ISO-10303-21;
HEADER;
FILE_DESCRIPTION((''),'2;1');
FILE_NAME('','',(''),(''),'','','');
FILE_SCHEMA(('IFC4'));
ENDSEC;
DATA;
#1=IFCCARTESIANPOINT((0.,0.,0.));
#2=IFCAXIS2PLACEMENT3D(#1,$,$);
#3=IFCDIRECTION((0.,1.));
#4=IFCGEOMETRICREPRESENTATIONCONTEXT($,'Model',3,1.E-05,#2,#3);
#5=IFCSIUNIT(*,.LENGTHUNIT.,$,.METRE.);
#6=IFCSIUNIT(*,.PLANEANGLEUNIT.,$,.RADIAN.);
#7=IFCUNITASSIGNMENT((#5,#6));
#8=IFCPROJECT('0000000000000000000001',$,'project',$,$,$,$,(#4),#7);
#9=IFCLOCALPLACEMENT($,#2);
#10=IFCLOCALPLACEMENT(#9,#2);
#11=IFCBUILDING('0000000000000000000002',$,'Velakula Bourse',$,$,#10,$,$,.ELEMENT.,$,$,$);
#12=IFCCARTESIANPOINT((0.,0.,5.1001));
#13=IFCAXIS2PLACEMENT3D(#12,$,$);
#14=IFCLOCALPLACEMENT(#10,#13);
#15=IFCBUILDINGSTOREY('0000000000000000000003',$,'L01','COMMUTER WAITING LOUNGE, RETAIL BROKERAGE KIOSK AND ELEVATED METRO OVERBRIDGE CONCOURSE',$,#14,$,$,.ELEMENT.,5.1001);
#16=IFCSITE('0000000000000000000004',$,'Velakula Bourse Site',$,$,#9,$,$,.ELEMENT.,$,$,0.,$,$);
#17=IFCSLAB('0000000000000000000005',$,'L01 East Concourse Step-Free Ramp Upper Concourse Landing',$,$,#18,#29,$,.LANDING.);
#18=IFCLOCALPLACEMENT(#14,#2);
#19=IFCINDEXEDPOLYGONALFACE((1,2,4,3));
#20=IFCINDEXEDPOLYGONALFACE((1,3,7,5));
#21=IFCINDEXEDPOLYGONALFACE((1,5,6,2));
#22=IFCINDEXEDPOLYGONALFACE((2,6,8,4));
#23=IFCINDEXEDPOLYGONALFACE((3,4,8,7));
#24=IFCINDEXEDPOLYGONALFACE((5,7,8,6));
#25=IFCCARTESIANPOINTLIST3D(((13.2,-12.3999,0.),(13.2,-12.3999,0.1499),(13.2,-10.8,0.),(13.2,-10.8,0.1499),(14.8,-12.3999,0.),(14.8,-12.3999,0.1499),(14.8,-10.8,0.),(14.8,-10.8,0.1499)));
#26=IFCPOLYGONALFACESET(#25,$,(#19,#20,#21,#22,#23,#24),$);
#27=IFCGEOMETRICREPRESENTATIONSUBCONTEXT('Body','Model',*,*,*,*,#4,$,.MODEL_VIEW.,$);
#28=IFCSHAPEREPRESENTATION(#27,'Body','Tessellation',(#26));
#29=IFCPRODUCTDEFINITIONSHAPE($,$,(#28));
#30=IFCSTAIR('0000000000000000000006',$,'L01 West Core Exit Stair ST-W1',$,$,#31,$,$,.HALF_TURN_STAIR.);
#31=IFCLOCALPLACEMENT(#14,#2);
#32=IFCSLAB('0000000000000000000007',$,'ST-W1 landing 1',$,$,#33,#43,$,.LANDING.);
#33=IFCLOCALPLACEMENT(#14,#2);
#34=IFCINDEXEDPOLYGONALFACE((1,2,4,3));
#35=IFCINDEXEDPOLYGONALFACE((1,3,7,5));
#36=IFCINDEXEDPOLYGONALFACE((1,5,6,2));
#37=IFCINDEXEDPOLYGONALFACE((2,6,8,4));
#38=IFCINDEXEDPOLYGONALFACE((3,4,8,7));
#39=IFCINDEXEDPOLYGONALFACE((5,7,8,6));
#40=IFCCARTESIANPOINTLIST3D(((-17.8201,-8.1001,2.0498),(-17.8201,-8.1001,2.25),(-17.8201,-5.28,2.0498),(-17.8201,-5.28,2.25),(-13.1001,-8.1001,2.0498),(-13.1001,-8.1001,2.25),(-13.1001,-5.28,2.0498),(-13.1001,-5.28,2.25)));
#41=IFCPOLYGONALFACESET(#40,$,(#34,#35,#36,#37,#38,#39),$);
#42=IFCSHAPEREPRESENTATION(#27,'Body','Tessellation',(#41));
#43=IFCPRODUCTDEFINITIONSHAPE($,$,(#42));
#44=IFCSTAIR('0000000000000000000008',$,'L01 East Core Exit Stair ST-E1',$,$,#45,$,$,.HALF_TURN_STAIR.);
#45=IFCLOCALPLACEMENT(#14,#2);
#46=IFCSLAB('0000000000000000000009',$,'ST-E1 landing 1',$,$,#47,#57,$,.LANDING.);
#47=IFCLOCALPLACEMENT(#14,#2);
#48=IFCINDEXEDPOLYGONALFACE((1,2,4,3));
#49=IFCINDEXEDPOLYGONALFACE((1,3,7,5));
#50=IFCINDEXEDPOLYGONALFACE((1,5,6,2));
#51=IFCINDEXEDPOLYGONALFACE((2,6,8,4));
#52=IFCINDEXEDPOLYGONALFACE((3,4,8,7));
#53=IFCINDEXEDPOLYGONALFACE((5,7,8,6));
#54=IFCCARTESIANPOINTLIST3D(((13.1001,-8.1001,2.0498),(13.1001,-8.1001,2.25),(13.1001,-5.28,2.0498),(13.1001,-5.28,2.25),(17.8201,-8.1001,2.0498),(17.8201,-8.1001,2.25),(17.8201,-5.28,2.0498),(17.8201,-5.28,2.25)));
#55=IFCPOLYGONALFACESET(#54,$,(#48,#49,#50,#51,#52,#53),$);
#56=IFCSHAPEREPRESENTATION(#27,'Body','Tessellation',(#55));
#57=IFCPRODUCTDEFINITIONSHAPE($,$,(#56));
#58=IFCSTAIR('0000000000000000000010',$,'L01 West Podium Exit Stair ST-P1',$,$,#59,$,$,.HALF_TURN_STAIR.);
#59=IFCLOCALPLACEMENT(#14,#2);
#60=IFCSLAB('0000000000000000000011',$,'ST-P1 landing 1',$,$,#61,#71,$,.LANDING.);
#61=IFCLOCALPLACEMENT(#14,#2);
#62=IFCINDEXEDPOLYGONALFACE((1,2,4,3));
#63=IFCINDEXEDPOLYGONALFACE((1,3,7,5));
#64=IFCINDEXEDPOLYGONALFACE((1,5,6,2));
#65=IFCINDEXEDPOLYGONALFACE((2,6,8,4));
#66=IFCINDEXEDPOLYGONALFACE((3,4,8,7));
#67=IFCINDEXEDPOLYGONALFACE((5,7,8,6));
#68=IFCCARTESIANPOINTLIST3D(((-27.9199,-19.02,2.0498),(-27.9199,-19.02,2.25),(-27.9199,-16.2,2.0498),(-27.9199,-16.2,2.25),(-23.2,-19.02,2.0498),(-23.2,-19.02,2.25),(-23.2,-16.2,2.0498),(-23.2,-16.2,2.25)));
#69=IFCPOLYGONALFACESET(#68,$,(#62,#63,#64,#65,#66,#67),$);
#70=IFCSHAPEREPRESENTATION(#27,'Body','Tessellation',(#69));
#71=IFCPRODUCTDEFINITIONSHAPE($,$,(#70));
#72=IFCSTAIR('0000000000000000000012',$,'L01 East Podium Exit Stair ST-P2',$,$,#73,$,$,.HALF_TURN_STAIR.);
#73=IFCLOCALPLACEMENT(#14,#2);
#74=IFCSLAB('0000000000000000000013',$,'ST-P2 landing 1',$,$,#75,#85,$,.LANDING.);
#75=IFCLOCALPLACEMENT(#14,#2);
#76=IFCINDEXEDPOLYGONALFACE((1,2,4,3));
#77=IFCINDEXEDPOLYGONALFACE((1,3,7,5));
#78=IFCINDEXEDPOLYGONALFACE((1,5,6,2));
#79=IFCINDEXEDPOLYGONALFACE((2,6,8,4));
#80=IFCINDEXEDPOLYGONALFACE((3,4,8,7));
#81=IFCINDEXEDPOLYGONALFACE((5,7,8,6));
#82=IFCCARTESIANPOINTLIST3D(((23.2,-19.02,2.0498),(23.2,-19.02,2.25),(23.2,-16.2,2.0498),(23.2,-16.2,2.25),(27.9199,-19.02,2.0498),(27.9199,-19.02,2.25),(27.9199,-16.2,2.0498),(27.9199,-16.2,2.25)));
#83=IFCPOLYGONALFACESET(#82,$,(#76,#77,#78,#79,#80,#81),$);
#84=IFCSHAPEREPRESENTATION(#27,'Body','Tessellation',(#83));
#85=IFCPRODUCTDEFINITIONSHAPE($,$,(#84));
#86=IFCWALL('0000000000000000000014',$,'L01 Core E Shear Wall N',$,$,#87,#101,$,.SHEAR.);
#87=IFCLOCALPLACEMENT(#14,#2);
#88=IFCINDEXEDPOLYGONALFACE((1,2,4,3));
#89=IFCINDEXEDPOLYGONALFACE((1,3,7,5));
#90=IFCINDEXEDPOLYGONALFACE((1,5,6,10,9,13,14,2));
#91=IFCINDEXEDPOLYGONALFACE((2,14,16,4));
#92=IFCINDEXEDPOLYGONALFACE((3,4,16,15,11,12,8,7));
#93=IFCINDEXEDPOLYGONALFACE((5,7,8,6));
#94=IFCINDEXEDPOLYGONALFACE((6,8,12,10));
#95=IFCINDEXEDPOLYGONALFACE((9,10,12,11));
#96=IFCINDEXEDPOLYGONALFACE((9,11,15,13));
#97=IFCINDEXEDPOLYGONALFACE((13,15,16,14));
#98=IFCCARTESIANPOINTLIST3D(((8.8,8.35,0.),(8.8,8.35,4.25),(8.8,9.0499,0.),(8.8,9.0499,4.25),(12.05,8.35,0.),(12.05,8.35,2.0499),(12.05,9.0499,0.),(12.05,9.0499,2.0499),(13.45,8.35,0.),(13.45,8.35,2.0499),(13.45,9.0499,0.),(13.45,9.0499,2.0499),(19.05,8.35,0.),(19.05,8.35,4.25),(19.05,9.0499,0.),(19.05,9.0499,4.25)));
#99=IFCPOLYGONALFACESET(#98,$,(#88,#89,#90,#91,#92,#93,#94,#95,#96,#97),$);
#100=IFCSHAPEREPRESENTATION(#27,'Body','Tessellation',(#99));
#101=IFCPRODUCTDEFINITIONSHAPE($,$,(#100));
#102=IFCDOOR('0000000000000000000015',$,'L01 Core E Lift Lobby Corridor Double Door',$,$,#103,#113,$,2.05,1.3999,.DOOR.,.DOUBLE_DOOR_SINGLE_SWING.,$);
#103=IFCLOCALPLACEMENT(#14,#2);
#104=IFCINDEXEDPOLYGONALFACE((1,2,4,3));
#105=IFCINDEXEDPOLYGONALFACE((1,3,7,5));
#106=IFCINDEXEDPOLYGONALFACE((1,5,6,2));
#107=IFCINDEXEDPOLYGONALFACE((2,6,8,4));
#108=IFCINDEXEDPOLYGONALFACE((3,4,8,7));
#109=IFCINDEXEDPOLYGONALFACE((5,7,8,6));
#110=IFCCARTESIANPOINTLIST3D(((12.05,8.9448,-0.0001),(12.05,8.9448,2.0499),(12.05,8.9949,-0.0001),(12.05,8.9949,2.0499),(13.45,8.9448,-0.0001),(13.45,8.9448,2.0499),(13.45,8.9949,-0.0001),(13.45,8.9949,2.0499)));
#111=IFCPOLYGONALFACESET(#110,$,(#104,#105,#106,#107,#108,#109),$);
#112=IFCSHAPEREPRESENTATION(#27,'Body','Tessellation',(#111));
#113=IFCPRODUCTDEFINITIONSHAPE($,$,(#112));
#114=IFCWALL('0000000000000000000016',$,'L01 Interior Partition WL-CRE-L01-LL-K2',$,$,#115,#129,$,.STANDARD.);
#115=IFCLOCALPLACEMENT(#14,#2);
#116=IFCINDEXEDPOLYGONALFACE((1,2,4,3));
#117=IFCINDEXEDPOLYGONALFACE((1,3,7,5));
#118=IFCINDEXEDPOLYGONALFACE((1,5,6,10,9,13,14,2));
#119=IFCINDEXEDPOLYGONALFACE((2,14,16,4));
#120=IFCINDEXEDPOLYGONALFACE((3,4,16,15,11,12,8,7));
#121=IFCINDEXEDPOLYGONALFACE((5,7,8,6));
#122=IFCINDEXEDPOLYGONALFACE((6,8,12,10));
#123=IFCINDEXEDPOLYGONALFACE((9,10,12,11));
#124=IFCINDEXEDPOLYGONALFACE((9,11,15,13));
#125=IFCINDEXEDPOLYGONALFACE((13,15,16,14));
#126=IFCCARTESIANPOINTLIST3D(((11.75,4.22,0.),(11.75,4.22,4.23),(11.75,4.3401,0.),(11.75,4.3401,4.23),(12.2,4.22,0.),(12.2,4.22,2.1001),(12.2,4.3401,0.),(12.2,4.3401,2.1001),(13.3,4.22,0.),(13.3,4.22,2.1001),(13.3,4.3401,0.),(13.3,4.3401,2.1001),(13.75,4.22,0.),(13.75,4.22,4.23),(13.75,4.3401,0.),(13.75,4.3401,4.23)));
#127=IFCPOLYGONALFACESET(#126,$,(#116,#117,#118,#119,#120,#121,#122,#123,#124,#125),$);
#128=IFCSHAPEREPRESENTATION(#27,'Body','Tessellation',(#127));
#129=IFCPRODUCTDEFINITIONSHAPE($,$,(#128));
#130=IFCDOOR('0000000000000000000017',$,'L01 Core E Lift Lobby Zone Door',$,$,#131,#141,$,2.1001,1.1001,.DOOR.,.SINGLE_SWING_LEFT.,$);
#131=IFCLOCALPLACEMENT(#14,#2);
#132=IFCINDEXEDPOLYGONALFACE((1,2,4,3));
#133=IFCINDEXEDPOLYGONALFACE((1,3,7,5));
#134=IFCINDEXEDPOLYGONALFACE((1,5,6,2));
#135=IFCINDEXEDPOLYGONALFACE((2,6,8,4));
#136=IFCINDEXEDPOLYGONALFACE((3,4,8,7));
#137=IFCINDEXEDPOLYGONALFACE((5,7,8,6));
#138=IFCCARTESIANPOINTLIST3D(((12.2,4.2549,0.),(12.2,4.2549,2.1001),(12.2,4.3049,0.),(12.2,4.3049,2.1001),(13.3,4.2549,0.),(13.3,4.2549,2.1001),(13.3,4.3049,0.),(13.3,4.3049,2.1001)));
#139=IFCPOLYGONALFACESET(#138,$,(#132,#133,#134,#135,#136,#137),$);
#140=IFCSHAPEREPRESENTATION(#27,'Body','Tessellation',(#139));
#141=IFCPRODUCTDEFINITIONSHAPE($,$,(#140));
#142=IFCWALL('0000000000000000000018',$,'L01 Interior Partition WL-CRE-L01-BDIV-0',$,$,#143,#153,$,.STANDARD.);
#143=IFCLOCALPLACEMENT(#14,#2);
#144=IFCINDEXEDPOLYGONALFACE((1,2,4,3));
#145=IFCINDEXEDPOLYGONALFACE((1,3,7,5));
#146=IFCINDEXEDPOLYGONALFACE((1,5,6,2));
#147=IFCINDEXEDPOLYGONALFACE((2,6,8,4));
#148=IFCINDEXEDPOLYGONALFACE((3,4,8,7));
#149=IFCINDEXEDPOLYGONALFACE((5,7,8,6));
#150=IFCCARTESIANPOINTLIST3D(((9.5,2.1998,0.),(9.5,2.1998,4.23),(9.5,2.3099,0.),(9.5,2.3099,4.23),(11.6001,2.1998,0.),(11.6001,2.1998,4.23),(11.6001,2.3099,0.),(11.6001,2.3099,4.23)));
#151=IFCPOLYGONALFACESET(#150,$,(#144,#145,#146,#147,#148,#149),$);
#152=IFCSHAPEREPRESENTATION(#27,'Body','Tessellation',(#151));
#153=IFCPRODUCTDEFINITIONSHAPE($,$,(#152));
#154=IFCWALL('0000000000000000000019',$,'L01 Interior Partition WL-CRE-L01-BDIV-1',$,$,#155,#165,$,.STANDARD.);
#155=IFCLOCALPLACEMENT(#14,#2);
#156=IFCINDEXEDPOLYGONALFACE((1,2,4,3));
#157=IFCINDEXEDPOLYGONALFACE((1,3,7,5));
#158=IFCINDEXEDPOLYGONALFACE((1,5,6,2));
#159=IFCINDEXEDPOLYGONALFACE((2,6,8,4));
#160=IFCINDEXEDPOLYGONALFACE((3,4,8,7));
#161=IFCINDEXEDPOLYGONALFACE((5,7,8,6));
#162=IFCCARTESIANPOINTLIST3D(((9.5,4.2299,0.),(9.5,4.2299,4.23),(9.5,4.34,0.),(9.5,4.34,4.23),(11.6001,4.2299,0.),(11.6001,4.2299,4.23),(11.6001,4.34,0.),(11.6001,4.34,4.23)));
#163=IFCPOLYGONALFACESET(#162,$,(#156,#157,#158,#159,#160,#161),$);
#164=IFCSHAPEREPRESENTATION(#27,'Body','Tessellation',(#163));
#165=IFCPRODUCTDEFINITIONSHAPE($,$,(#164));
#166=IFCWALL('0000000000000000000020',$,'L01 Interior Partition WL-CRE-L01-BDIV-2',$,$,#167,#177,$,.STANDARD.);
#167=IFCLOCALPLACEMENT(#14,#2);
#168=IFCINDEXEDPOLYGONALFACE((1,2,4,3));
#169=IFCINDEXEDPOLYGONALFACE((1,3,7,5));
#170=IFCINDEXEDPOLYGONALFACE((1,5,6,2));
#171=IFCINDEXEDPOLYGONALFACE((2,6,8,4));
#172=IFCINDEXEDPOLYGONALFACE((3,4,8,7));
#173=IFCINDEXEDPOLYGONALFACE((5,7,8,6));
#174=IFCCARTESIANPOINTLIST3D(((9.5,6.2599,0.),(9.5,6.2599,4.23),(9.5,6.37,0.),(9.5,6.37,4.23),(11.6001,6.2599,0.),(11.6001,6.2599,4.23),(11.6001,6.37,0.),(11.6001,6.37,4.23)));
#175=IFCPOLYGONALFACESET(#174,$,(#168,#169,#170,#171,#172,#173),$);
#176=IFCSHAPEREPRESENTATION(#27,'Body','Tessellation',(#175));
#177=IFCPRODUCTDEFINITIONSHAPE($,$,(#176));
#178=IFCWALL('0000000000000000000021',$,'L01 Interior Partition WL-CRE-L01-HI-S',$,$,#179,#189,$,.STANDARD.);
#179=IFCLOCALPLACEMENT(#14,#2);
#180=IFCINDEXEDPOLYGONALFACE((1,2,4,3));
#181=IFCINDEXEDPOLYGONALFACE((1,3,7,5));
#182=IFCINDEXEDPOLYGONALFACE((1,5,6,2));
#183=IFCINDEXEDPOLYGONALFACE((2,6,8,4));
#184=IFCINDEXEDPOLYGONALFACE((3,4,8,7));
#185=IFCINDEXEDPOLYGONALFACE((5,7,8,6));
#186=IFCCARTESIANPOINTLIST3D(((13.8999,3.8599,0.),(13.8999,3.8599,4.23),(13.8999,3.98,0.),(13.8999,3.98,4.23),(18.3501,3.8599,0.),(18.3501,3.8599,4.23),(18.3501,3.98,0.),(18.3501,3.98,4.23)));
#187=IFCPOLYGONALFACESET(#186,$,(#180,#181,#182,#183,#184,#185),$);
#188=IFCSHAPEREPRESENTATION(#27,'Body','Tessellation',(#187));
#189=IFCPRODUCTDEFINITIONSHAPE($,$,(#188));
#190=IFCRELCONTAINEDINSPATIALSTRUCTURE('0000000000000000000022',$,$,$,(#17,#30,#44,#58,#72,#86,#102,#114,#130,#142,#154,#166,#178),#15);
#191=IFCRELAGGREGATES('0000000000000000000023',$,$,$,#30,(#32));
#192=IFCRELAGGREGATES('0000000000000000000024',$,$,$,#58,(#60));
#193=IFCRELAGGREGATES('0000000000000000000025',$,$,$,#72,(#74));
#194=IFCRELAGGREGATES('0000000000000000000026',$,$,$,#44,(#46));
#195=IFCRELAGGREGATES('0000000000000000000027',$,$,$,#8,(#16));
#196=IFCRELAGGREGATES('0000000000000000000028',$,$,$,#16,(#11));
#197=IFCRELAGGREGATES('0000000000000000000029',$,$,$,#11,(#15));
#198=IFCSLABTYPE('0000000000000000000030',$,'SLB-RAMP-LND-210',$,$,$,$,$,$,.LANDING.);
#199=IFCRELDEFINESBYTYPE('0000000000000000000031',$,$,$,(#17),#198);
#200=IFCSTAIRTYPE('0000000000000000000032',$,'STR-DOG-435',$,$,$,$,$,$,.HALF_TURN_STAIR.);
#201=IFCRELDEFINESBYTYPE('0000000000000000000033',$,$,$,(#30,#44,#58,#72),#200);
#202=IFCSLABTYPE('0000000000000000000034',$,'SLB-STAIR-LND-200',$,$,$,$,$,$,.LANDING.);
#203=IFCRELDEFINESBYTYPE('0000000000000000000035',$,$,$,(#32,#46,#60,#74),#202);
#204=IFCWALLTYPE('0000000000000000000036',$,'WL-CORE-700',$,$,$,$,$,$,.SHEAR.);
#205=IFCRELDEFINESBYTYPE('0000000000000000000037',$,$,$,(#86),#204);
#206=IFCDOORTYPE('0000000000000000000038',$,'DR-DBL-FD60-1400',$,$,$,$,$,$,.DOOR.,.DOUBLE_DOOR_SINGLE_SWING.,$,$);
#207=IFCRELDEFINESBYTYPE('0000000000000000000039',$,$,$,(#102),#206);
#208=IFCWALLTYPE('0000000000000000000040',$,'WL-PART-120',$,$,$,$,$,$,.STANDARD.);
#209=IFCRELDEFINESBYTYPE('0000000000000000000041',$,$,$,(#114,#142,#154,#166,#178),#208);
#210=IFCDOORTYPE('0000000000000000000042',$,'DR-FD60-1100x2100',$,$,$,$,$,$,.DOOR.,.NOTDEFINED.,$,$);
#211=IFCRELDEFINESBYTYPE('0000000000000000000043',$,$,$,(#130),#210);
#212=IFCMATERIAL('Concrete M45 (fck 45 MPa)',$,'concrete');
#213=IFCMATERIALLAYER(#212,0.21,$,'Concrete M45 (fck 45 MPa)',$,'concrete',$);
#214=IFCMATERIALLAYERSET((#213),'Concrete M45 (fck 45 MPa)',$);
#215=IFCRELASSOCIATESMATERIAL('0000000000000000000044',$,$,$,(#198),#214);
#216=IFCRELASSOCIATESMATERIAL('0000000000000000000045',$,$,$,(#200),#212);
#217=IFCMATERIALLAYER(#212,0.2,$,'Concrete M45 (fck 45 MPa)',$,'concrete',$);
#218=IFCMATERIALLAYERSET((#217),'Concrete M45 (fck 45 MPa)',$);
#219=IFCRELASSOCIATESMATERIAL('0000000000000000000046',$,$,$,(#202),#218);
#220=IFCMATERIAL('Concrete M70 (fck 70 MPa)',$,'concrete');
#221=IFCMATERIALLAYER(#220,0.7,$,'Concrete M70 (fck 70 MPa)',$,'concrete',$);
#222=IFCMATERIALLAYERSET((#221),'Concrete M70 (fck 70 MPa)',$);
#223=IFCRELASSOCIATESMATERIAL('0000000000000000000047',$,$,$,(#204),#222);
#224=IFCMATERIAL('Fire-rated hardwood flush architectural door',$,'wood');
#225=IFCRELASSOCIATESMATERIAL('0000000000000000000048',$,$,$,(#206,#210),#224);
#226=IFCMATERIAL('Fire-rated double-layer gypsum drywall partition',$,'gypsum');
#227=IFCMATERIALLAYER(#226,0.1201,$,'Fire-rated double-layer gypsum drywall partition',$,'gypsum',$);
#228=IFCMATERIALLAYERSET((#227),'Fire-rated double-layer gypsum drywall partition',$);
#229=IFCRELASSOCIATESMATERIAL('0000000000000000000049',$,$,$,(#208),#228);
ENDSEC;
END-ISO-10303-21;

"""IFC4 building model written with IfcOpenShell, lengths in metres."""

from ifc_helpers import new_model, si_unit, direction, frame, frame_2d, origin, place, context, subcontext, project, spatial, polyline, rectangle, outline, extrude, material, layer, layer_set, type_object, element, fill, aggregate, save


model = new_model("IFC4")

# Units and contexts
model_context = context("Model", 3, precision=1e-05, world=origin(), true_north=direction((0.0, 1.0)))
body_context = subcontext(model_context, "Body", "Model", "MODEL_VIEW")
ifc_project = project(units=[si_unit("LENGTHUNIT", "METRE"), si_unit("PLANEANGLEUNIT", "RADIAN")], contexts=[model_context])

# Site, building, storey
site_placement = place(None, origin())
site = spatial("IfcSite", under=ifc_project, at=site_placement, Name="Velakula Bourse Site", CompositionType="ELEMENT", RefElevation=0.0)
building_placement = place(site_placement, origin())
building = spatial("IfcBuilding", under=site, at=building_placement, Name="Velakula Bourse", CompositionType="ELEMENT")
storey_placement = place(building_placement, frame((0.0, 0.0, 5.1001)))
storey = spatial("IfcBuildingStorey", under=building, at=storey_placement, Name="L01", Description="COMMUTER WAITING LOUNGE, RETAIL BROKERAGE KIOSK AND ELEVATED METRO OVERBRIDGE CONCOURSE", CompositionType="ELEMENT", Elevation=5.1001)

# Shared definitions
ifc_material_1 = material(Name="Concrete M70 (fck 70 MPa)", Category="concrete")

# Slab
ifc_material_2 = material(Name="Concrete M45 (fck 45 MPa)", Category="concrete")
ifc_layer_1 = layer(ifc_material_2, 0.21, Name="Concrete M45 (fck 45 MPa)", Category="concrete")
ifc_layer_set_1 = layer_set([ifc_layer_1], Name="Concrete M45 (fck 45 MPa)")
slab_type_1 = type_object("IfcSlabType", Name="SLB-RAMP-LND-210", PredefinedType="LANDING", material=ifc_layer_set_1)
slab_1_placement = place(storey_placement, origin())
element("IfcSlab", 1, at=slab_1_placement, inside=storey, type_object=slab_type_1, Name="L01 East Concourse Step-Free Ramp Upper Concourse Landing", PredefinedType="LANDING", context=body_context, shape_type="SweptSolid", body=[
    extrude(outline(polyline([(13.2, -12.3999), (14.8, -12.3999), (14.8, -10.8), (13.2, -10.8), (13.2, -12.3999)])), origin(), (0.0, 0.0, 1.0), 0.1499),
])

# Stairs, slabs
stair_type = type_object("IfcStairType", Name="STR-DOG-435", PredefinedType="HALF_TURN_STAIR", material=ifc_material_2)
stair_1_placement = place(storey_placement, origin())
stair_1 = element("IfcStair", 2, at=stair_1_placement, inside=storey, type_object=stair_type, Name="L01 West Core Exit Stair ST-W1", PredefinedType="HALF_TURN_STAIR")
ifc_layer_2 = layer(ifc_material_2, 0.2, Name="Concrete M45 (fck 45 MPa)", Category="concrete")
ifc_layer_set_2 = layer_set([ifc_layer_2], Name="Concrete M45 (fck 45 MPa)")
slab_type_2 = type_object("IfcSlabType", Name="SLB-STAIR-LND-200", PredefinedType="LANDING", material=ifc_layer_set_2)
slab_2_placement = place(storey_placement, frame((0.0, 0.0, 2.0498)))
slab_2 = element("IfcSlab", 3, at=slab_2_placement, type_object=slab_type_2, Name="ST-W1 landing 1", PredefinedType="LANDING", context=body_context, shape_type="SweptSolid", body=[
    extrude(outline(polyline([(-17.8201, -5.28), (-17.8201, -8.1001), (-13.1001, -8.1001), (-13.1001, -5.28), (-17.8201, -5.28)])), origin(), (0.0, 0.0, 1.0), 0.2002),
])
aggregate(stair_1, [slab_2])
stair_2_placement = place(storey_placement, origin())
stair_2 = element("IfcStair", 4, at=stair_2_placement, inside=storey, type_object=stair_type, Name="L01 East Core Exit Stair ST-E1", PredefinedType="HALF_TURN_STAIR")
slab_3_placement = place(storey_placement, frame((0.0, 0.0, 2.0498)))
slab_3 = element("IfcSlab", 5, at=slab_3_placement, type_object=slab_type_2, Name="ST-E1 landing 1", PredefinedType="LANDING", context=body_context, shape_type="SweptSolid", body=[
    extrude(outline(polyline([(13.1001, -5.28), (13.1001, -8.1001), (17.8201, -8.1001), (17.8201, -5.28), (13.1001, -5.28)])), origin(), (0.0, 0.0, 1.0), 0.2002),
])
stair_3_placement = place(storey_placement, origin())
stair_3 = element("IfcStair", 6, at=stair_3_placement, inside=storey, type_object=stair_type, Name="L01 West Podium Exit Stair ST-P1", PredefinedType="HALF_TURN_STAIR")
slab_4_placement = place(storey_placement, frame((0.0, 0.0, 2.0498)))
slab_4 = element("IfcSlab", 7, at=slab_4_placement, type_object=slab_type_2, Name="ST-P1 landing 1", PredefinedType="LANDING", context=body_context, shape_type="SweptSolid", body=[
    extrude(outline(polyline([(-23.2, -19.02), (-23.2, -16.2), (-27.9199, -16.2), (-27.9199, -19.02), (-23.2, -19.02)])), origin(), (0.0, 0.0, 1.0), 0.2002),
])
aggregate(stair_3, [slab_4])
stair_4_placement = place(storey_placement, origin())
stair_4 = element("IfcStair", 8, at=stair_4_placement, inside=storey, type_object=stair_type, Name="L01 East Podium Exit Stair ST-P2", PredefinedType="HALF_TURN_STAIR")
slab_5_placement = place(storey_placement, frame((0.0, 0.0, 2.0498)))
slab_5 = element("IfcSlab", 9, at=slab_5_placement, type_object=slab_type_2, Name="ST-P2 landing 1", PredefinedType="LANDING", context=body_context, shape_type="SweptSolid", body=[
    extrude(outline(polyline([(27.9199, -19.02), (27.9199, -16.2), (23.2, -16.2), (23.2, -19.02), (27.9199, -19.02)])), origin(), (0.0, 0.0, 1.0), 0.2002),
])
aggregate(stair_4, [slab_5])

# Walls, openings, doors
ifc_layer_3 = layer(ifc_material_1, 0.7, Name="Concrete M70 (fck 70 MPa)", Category="concrete")
ifc_layer_set_3 = layer_set([ifc_layer_3], Name="Concrete M70 (fck 70 MPa)")
wall_type_1 = type_object("IfcWallType", Name="WL-CORE-700", PredefinedType="SHEAR", material=ifc_layer_set_3)
wall_1_placement = place(storey_placement, frame((8.8, 8.7, 0.0), z_axis=(0.0, 0.0, 1.0), x_axis=(1.0, 0.0, 0.0)))
wall_1 = element("IfcWall", 10, at=wall_1_placement, inside=storey, type_object=wall_type_1, Name="L01 Core E Shear Wall N", PredefinedType="SHEAR", context=body_context, shape_type="SweptSolid", body=[
    extrude(rectangle(XDim=10.25, YDim=0.7, at=frame_2d((5.125, 0.0))), origin(), (0.0, 0.0, 1.0), 4.25),
])
opening_1_placement = place(wall_1_placement, frame((3.25, 0.0, 0.0)))
opening_1 = element("IfcOpeningElement", 11, at=opening_1_placement, cuts=wall_1, PredefinedType="OPENING", context=body_context, shape_type="SweptSolid", body=[
    extrude(rectangle(XDim=1.3999, YDim=2.05, at=frame_2d((0.7, 1.0249))), frame((0.0, 0.3599, 0.0), z_axis=(0.0, -1.0, 0.0), x_axis=(1.0, 0.0, 0.0)), (0.0, 0.0, 1.0), 0.72),
])
ifc_material_3 = material(Name="Fire-rated hardwood flush architectural door", Category="wood")
door_type_1 = type_object("IfcDoorType", Name="DR-DBL-FD60-1400", OperationType="DOUBLE_DOOR_SINGLE_SWING", PredefinedType="DOOR", material=ifc_material_3)
door_1_placement = place(opening_1_placement, origin())
door_1 = element("IfcDoor", 12, at=door_1_placement, inside=storey, type_object=door_type_1, Name="L01 Core E Lift Lobby Corridor Double Door", OperationType="DOUBLE_DOOR_SINGLE_SWING", OverallHeight=2.05, OverallWidth=1.3999, PredefinedType="DOOR", context=body_context, shape_type="SweptSolid", body=[
    extrude(rectangle(XDim=1.3999, YDim=2.05, at=frame_2d((0.7, 1.0249))), frame((0.0, 0.2949, 0.0), z_axis=(0.0, -1.0, 0.0), x_axis=(1.0, 0.0, 0.0)), (0.0, 0.0, 1.0), 0.05),
])
fill(opening_1, door_1)
ifc_material_4 = material(Name="Fire-rated double-layer gypsum drywall partition", Category="gypsum")
ifc_layer_4 = layer(ifc_material_4, 0.1201, Name="Fire-rated double-layer gypsum drywall partition", Category="gypsum")
ifc_layer_set_4 = layer_set([ifc_layer_4], Name="Fire-rated double-layer gypsum drywall partition")
wall_type_2 = type_object("IfcWallType", Name="WL-PART-120", PredefinedType="STANDARD", material=ifc_layer_set_4)
wall_2_placement = place(storey_placement, frame((11.75, 4.28, 0.0), z_axis=(0.0, 0.0, 1.0), x_axis=(1.0, 0.0, 0.0)))
wall_2 = element("IfcWall", 13, at=wall_2_placement, inside=storey, type_object=wall_type_2, Name="L01 Interior Partition WL-CRE-L01-LL-K2", PredefinedType="STANDARD", context=body_context, shape_type="SweptSolid", body=[
    extrude(rectangle(XDim=2.0, YDim=0.1201, at=frame_2d((1.0, 0.0))), origin(), (0.0, 0.0, 1.0), 4.23),
])
opening_2_placement = place(wall_2_placement, frame((0.45, 0.0, 0.0)))
opening_2 = element("IfcOpeningElement", 14, at=opening_2_placement, cuts=wall_2, PredefinedType="OPENING", context=body_context, shape_type="SweptSolid", body=[
    extrude(rectangle(XDim=1.1001, YDim=2.1001, at=frame_2d((0.55, 1.05))), frame((0.0, 0.0701, 0.0), z_axis=(0.0, -1.0, 0.0), x_axis=(1.0, 0.0, 0.0)), (0.0, 0.0, 1.0), 0.1401),
])
door_type_2 = type_object("IfcDoorType", Name="DR-FD60-1100x2100", OperationType="NOTDEFINED", PredefinedType="DOOR", material=ifc_material_3)
door_2_placement = place(opening_2_placement, origin())
door_2 = element("IfcDoor", 15, at=door_2_placement, inside=storey, type_object=door_type_2, Name="L01 Core E Lift Lobby Zone Door", OperationType="SINGLE_SWING_LEFT", OverallHeight=2.1001, OverallWidth=1.1001, PredefinedType="DOOR", context=body_context, shape_type="SweptSolid", body=[
    extrude(rectangle(XDim=1.1001, YDim=2.1001, at=frame_2d((0.55, 1.05))), frame((0.0, 0.0249, 0.0), z_axis=(0.0, -1.0, 0.0), x_axis=(1.0, 0.0, 0.0)), (0.0, 0.0, 1.0), 0.05),
])
fill(opening_2, door_2)

# Walls
for number, where, z_axis, x_axis, name in (
    (16, (9.5, 2.2549, 0.0), (0.0, 0.0, 1.0), (1.0, 0.0, 0.0), "L01 Interior Partition WL-CRE-L01-BDIV-0"),
    (17, (9.5, 4.2849, 0.0), (0.0, 0.0, 1.0), (1.0, 0.0, 0.0), "L01 Interior Partition WL-CRE-L01-BDIV-1"),
    (18, (9.5, 6.3149, 0.0), (0.0, 0.0, 1.0), (1.0, 0.0, 0.0), "L01 Interior Partition WL-CRE-L01-BDIV-2"),
):
    element("IfcWall", number, at=place(storey_placement, frame(where, z_axis=z_axis, x_axis=x_axis)), inside=storey, type_object=wall_type_2, Name=name, PredefinedType="STANDARD", context=body_context, shape_type="SweptSolid", body=[
        extrude(rectangle(XDim=2.1001, YDim=0.1101, at=frame_2d((1.05, 0.0))), origin(), (0.0, 0.0, 1.0), 4.23),
    ])
wall_3_placement = place(storey_placement, frame((13.8999, 3.9199, 0.0), z_axis=(0.0, 0.0, 1.0), x_axis=(1.0, 0.0, 0.0)))
element("IfcWall", 19, at=wall_3_placement, inside=storey, type_object=wall_type_2, Name="L01 Interior Partition WL-CRE-L01-HI-S", PredefinedType="STANDARD", context=body_context, shape_type="SweptSolid", body=[
    extrude(rectangle(XDim=4.4502, YDim=0.1201, at=frame_2d((2.2251, 0.0))), origin(), (0.0, 0.0, 1.0), 4.23),
])

aggregate(stair_2, [slab_3])

save(model, "model.ifc")
